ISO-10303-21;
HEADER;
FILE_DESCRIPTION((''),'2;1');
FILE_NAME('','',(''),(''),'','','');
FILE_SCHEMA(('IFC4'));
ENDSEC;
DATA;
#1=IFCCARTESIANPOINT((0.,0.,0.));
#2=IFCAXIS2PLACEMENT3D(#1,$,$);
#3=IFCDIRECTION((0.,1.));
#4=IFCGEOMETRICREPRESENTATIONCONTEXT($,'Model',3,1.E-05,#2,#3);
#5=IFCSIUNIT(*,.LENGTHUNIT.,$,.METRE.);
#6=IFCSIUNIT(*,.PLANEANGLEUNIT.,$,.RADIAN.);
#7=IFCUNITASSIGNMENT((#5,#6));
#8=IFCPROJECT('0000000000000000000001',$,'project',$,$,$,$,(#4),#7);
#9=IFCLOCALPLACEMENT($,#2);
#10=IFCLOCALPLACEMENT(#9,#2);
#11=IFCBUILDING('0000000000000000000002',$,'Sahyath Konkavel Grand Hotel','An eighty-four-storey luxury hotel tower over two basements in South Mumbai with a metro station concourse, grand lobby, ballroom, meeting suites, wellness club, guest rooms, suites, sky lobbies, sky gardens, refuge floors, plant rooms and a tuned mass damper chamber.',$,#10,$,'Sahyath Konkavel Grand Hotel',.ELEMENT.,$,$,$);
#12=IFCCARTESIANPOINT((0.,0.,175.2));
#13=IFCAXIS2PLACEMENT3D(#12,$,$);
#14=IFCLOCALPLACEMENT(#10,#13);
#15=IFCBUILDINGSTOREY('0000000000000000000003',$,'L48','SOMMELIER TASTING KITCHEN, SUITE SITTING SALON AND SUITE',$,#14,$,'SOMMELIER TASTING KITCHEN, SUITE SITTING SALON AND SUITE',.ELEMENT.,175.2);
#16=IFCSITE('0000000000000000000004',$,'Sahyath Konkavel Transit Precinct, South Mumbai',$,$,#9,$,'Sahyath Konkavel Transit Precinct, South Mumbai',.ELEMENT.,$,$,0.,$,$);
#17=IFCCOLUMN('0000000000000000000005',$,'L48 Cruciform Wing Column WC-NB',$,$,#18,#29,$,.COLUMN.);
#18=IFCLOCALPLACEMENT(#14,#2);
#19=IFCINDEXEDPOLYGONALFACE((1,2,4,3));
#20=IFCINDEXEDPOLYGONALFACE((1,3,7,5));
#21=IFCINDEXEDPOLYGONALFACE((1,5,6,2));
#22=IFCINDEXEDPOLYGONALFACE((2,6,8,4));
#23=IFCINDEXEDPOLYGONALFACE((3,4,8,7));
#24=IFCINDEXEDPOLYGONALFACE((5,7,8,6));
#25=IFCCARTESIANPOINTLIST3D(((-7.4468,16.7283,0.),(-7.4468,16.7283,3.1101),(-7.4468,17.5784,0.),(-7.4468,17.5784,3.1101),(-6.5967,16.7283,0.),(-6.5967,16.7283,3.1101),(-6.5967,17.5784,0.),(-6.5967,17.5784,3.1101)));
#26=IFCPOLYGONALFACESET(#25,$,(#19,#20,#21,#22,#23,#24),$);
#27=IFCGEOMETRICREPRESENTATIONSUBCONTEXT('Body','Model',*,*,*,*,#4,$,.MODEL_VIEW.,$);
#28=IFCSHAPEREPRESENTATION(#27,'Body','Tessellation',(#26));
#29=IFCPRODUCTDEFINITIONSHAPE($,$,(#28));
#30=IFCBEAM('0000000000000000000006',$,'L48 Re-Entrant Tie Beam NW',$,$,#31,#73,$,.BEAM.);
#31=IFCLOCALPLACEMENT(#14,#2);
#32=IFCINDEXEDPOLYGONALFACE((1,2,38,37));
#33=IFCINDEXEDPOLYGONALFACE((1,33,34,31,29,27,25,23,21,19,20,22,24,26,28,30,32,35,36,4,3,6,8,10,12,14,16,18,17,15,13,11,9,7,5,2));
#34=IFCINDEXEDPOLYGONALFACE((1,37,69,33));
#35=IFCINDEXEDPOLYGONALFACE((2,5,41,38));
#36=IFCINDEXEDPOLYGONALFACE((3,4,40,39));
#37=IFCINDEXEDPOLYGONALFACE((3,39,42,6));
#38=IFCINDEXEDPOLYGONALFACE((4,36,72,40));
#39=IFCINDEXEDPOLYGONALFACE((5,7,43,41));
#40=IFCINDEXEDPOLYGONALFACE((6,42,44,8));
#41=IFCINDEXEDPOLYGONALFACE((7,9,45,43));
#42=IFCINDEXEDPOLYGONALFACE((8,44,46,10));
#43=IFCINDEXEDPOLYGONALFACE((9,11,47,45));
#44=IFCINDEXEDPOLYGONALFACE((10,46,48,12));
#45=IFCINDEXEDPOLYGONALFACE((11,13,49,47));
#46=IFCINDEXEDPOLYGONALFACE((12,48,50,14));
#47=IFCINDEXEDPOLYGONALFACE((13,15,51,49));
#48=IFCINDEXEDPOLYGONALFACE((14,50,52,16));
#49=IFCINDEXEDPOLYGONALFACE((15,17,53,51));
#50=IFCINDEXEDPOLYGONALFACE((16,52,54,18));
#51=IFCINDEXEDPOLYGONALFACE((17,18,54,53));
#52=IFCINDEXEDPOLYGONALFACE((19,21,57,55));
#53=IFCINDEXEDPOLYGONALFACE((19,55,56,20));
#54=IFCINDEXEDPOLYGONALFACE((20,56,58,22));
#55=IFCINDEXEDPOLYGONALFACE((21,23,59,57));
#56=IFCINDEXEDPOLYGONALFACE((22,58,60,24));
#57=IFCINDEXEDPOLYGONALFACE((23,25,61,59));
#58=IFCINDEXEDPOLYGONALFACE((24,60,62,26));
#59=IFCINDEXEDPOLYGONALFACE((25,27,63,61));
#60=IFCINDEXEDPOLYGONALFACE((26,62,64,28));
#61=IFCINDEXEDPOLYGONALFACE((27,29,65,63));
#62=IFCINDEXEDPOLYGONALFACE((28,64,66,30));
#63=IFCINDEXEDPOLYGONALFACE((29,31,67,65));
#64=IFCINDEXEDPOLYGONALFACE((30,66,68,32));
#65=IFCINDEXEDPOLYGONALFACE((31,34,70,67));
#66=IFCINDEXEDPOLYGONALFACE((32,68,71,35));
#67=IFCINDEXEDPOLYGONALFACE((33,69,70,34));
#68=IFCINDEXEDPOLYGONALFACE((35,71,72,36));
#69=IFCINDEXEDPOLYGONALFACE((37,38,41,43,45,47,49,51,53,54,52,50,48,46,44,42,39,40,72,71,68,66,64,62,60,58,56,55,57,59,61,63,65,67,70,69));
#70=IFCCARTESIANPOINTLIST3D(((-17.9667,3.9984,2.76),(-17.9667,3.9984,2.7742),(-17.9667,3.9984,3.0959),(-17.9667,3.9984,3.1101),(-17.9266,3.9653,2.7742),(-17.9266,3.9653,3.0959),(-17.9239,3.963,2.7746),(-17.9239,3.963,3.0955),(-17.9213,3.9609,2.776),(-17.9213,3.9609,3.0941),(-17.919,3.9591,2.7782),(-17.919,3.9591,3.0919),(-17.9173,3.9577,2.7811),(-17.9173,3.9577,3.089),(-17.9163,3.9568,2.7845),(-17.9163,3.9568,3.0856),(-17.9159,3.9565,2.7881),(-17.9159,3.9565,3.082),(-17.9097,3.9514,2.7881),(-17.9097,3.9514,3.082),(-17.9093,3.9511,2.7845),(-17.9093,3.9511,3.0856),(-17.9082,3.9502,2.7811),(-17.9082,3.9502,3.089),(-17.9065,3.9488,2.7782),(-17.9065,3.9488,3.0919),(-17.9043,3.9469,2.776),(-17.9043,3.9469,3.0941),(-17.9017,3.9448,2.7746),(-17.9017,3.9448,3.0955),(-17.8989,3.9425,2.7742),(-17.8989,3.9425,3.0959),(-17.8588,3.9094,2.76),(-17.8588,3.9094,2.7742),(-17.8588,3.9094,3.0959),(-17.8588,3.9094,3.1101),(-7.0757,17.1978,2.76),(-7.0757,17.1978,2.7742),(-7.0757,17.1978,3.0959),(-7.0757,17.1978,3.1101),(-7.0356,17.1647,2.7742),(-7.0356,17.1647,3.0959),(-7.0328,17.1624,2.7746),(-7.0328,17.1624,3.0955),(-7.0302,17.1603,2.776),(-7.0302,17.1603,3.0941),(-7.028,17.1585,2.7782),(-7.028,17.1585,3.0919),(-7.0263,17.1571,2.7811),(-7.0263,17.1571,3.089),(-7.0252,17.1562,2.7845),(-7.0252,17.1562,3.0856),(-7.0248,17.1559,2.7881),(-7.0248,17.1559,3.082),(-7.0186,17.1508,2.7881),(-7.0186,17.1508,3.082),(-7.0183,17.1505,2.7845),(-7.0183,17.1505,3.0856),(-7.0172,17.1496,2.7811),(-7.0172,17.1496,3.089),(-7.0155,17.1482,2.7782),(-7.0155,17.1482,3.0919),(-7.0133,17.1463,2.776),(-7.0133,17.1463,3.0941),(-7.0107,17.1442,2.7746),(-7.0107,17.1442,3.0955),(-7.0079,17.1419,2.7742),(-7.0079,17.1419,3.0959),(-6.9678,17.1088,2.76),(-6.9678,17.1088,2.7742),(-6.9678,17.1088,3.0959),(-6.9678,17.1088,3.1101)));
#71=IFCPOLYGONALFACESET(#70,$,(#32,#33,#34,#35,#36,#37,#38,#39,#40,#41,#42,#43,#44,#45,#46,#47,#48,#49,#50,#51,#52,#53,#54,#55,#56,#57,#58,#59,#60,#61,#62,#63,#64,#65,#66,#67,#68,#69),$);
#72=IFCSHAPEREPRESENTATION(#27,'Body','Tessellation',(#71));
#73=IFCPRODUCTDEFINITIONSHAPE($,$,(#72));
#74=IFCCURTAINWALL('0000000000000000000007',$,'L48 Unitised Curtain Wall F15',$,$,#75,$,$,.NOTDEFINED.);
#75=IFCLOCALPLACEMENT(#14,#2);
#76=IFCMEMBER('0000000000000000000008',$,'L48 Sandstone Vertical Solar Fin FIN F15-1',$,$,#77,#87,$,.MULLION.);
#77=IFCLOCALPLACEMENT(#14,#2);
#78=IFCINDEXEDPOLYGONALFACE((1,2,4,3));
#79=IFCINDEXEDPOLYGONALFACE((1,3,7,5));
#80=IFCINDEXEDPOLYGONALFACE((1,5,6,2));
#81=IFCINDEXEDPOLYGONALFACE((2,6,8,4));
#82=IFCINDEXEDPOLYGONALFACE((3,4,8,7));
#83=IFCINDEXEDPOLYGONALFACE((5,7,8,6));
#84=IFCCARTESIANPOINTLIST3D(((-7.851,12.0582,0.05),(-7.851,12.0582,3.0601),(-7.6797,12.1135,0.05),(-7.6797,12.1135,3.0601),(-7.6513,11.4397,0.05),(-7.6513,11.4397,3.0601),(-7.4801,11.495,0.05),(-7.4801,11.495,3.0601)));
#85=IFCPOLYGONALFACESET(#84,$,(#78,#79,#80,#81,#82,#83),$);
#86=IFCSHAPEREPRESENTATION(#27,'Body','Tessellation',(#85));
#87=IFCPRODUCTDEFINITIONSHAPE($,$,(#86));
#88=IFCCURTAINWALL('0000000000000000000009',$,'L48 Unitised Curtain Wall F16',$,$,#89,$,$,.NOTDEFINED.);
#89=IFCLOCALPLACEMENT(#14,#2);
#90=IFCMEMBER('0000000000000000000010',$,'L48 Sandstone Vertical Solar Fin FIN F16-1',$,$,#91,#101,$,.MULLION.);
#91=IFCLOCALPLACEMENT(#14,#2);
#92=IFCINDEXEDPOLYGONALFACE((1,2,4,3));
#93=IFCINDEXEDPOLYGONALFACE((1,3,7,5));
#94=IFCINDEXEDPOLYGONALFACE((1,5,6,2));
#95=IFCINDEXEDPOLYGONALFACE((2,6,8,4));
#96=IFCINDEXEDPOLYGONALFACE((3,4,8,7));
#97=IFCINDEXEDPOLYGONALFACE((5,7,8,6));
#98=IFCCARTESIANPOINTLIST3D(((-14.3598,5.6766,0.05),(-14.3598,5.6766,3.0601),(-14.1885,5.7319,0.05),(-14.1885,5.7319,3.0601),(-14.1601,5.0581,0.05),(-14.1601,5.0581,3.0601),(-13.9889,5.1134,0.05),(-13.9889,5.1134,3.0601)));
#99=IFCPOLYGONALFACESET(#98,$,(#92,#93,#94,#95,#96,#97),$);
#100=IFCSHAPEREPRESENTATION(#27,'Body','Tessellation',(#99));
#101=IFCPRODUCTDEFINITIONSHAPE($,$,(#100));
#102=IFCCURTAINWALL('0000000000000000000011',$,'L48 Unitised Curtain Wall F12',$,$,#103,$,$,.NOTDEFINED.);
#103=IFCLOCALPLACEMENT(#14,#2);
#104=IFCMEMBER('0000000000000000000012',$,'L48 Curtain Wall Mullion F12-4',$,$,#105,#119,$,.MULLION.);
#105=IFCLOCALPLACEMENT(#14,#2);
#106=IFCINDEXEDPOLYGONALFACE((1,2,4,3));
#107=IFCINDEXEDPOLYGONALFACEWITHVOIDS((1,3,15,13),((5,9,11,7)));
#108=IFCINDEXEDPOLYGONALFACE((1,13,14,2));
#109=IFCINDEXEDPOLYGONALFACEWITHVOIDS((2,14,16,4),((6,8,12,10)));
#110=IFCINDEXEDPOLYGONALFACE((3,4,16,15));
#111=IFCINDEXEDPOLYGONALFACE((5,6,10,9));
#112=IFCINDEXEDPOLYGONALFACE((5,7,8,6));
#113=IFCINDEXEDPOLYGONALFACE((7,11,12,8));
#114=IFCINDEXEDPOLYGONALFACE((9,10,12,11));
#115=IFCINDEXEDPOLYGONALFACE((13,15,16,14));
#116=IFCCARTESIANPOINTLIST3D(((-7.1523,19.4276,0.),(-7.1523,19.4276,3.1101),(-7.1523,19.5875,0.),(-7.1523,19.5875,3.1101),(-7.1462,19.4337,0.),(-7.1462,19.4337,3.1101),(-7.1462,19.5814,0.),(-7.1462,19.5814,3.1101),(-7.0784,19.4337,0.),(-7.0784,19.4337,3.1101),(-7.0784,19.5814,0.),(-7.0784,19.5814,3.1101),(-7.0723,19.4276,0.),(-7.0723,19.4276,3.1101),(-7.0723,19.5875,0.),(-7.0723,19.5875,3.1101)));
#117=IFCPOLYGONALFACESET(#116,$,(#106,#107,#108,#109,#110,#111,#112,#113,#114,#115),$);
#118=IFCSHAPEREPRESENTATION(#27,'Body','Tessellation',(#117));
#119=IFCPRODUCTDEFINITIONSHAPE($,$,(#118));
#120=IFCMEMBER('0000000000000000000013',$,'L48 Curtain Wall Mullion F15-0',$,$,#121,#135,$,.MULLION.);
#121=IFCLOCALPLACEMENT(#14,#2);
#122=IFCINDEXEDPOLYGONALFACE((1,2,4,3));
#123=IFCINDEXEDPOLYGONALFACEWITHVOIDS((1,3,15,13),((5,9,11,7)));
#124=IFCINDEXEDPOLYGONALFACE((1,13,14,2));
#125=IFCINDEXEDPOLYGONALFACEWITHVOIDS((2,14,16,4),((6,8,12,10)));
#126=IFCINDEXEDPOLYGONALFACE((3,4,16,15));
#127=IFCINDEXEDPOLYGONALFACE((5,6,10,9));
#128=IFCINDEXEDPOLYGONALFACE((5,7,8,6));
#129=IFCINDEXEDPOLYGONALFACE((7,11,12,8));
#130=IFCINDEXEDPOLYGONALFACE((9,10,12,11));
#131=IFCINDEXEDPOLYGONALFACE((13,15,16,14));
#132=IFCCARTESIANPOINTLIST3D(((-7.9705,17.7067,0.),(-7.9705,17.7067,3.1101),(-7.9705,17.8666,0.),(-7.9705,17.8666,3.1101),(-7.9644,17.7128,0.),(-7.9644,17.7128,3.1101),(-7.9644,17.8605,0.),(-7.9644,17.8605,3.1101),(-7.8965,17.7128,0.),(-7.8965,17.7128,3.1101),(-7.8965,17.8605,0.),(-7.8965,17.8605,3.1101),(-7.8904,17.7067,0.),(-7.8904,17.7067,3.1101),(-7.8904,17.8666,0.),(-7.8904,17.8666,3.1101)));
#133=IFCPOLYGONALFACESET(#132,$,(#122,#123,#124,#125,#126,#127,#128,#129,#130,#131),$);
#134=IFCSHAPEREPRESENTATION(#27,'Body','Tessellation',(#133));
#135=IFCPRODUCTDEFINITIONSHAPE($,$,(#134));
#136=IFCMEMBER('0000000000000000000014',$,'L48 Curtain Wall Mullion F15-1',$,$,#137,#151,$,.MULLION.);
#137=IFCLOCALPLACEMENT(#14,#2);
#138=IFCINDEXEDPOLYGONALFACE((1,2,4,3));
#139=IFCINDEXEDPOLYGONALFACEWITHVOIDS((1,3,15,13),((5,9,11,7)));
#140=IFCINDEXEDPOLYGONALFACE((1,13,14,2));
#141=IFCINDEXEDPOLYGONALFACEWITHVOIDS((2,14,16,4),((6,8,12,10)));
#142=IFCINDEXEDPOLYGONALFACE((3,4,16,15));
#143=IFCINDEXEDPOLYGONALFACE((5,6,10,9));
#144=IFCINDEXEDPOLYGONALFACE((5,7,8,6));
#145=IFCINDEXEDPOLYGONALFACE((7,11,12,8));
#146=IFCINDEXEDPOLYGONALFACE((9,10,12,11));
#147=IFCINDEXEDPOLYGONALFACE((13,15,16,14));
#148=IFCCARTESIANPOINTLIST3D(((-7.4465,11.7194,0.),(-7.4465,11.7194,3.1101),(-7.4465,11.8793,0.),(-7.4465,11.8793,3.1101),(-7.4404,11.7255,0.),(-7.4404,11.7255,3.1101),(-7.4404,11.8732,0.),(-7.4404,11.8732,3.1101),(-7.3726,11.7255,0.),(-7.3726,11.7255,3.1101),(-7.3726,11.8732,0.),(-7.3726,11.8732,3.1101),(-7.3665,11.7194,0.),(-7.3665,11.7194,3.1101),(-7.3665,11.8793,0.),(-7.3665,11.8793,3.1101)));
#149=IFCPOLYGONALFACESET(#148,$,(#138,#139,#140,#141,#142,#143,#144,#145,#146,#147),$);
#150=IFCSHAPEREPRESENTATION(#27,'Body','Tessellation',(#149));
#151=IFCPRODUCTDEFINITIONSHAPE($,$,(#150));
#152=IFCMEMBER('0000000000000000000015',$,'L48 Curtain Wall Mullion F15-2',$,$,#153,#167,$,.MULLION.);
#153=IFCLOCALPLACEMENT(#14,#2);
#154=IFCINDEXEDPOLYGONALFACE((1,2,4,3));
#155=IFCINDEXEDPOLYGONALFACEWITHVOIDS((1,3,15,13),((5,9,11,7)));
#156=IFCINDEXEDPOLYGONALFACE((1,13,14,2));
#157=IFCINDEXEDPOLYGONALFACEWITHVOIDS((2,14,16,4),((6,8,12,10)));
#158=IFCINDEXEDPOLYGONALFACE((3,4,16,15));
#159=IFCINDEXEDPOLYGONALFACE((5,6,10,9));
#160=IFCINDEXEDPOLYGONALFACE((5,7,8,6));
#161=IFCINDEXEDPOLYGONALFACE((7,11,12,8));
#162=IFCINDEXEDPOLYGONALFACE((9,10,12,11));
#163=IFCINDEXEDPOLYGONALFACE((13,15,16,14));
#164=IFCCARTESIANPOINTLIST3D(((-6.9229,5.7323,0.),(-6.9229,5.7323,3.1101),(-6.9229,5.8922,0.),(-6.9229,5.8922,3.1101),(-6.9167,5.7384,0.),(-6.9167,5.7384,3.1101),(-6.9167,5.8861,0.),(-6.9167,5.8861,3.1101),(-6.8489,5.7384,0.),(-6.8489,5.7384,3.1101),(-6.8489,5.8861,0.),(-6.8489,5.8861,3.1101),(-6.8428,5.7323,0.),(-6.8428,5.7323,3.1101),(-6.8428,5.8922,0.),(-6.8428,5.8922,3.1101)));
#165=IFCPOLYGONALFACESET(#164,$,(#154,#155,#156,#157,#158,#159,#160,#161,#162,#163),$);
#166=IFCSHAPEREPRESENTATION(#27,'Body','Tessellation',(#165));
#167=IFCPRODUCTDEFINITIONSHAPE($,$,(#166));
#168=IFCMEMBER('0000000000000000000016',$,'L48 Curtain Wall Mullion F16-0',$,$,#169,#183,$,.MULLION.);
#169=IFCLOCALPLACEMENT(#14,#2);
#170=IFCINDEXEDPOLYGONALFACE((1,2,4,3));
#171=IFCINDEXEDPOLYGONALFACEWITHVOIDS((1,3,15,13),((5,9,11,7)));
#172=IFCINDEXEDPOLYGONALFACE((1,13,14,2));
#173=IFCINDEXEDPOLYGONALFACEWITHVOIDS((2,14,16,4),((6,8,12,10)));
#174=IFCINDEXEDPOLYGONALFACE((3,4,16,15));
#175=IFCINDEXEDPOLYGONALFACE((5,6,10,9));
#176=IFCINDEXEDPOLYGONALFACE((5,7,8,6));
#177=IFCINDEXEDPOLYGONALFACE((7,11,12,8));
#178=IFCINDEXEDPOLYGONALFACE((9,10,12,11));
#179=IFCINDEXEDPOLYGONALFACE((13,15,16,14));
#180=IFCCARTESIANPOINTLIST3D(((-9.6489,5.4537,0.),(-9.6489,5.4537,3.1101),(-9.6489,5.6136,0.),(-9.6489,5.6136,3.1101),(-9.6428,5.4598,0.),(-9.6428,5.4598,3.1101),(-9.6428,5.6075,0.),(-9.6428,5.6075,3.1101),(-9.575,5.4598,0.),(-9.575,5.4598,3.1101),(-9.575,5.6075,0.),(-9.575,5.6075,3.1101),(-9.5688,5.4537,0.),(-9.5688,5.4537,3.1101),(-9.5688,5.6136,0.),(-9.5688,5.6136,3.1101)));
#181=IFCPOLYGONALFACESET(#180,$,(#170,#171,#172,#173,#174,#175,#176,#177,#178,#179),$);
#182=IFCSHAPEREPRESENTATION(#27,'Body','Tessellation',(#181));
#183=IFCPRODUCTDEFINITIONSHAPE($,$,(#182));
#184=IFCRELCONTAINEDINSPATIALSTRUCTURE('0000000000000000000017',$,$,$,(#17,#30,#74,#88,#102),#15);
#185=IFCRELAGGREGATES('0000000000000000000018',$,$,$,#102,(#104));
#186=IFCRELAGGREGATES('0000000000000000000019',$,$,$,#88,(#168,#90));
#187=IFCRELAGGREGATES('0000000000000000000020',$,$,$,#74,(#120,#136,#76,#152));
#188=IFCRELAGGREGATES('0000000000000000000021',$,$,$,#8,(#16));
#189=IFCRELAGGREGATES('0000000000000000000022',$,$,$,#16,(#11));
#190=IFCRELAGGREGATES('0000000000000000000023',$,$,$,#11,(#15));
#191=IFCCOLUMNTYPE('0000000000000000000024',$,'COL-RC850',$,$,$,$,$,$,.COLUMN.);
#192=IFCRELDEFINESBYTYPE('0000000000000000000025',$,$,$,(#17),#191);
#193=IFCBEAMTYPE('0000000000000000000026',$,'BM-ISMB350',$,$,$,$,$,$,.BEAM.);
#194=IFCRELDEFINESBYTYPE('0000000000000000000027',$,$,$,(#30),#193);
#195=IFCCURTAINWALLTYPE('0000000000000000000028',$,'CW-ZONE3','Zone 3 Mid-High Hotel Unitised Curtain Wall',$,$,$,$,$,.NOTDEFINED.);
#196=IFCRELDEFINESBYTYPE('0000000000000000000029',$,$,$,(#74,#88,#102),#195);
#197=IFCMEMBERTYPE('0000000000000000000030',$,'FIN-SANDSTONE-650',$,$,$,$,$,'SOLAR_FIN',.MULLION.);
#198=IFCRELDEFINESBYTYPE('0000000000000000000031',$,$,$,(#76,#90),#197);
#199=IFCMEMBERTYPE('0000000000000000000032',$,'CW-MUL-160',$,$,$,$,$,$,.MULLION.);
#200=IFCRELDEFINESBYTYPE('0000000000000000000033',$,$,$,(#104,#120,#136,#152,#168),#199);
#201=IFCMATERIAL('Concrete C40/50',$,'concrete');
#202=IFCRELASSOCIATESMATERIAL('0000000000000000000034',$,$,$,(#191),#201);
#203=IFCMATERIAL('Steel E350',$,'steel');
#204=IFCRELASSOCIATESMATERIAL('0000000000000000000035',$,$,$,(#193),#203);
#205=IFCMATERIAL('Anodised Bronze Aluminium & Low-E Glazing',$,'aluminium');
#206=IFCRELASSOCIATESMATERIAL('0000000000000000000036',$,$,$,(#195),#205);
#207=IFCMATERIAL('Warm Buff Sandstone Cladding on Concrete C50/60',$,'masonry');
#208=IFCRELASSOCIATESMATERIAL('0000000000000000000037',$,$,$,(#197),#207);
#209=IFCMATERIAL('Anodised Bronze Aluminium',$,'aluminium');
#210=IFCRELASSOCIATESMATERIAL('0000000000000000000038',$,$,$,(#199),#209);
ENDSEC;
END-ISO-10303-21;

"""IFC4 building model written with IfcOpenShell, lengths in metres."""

from ifc_helpers import new_model, si_unit, direction, frame, origin, origin_2d, place, context, subcontext, project, spatial, rectangle, hollow_rectangle, i_section, extrude, source, transform, mapped, material, material_profile, profile_set, type_object, element, aggregate, save


model = new_model("IFC4")

# Units and contexts
model_context = context("Model", 3, precision=1e-05, world=origin(), true_north=direction((0.0, 1.0)))
body_context = subcontext(model_context, "Body", "Model", "MODEL_VIEW")
ifc_project = project(units=[si_unit("LENGTHUNIT", "METRE"), si_unit("PLANEANGLEUNIT", "RADIAN")], contexts=[model_context])

# Site, building, storey
site_placement = place(None, origin())
site = spatial("IfcSite", under=ifc_project, at=site_placement, Name="Sahyath Konkavel Transit Precinct, South Mumbai", LongName="Sahyath Konkavel Transit Precinct, South Mumbai", CompositionType="ELEMENT", RefElevation=0.0)
building_placement = place(site_placement, origin())
building = spatial("IfcBuilding", under=site, at=building_placement, Name="Sahyath Konkavel Grand Hotel", Description="An eighty-four-storey luxury hotel tower over two basements in South Mumbai with a metro station concourse, grand lobby, ballroom, meeting suites, wellness club, guest rooms, suites, sky lobbies, sky gardens, refuge floors, plant rooms and a tuned mass damper chamber.", LongName="Sahyath Konkavel Grand Hotel", CompositionType="ELEMENT")
storey_placement = place(building_placement, frame((0.0, 0.0, 175.2)))
storey = spatial("IfcBuildingStorey", under=building, at=storey_placement, Name="L48", Description="SOMMELIER TASTING KITCHEN, SUITE SITTING SALON AND SUITE", LongName="SOMMELIER TASTING KITCHEN, SUITE SITTING SALON AND SUITE", CompositionType="ELEMENT", Elevation=175.2)

# Column
ifc_material_1 = material(Name="Concrete C40/50", Category="concrete")
ifc_material_profile_1 = material_profile(ifc_material_1, rectangle(XDim=0.8501, YDim=0.8501, at=origin_2d()), Name="RC 850x850")
ifc_profile_set_1 = profile_set([ifc_material_profile_1], Name="Concrete C40/50")
column_type = type_object("IfcColumnType", Name="COL-RC850", PredefinedType="COLUMN", material=ifc_profile_set_1)
shared_shape_1 = source(origin(), body_context, "Body", "SweptSolid", [
    extrude(rectangle(XDim=0.8501, YDim=0.8501, at=origin_2d()), origin(), (0.0, 0.0, 1.0), 3.1101),
])
column_placement = place(storey_placement, frame((-7.0217, 17.1533, 0.0), z_axis=(0.0, 0.0, 1.0), x_axis=(1.0, 0.0, 0.0)))
element("IfcColumn", 1, at=column_placement, inside=storey, type_object=column_type, Name="L48 Cruciform Wing Column WC-NB", PredefinedType="COLUMN", context=body_context, shape_type="MappedRepresentation", body=[
    mapped(shared_shape_1, transform((0.0, 0.0, 0.0), scale=1.0)),
])

# Beam
ifc_material_2 = material(Name="Steel E350", Category="steel")
ifc_material_profile_2 = material_profile(ifc_material_2, i_section(OverallWidth=0.1399, OverallDepth=0.3501, WebThickness=0.0081, FlangeThickness=0.0142, FilletRadius=0.0139, at=origin_2d()), Name="ISMB 350")
ifc_profile_set_2 = profile_set([ifc_material_profile_2], Name="Steel E350")
beam_type = type_object("IfcBeamType", Name="BM-ISMB350", PredefinedType="BEAM", material=ifc_profile_set_2)
shared_shape_2 = source(origin(), body_context, "Body", "SweptSolid", [
    extrude(i_section(OverallWidth=0.1399, OverallDepth=0.3501, WebThickness=0.0081, FlangeThickness=0.0142, FilletRadius=0.0139, at=origin_2d()), origin(), (0.0, 0.0, 1.0), 17.1125),
])
beam_placement = place(storey_placement, frame((-7.0217, 17.1533, 2.9351), z_axis=(-0.636437, -0.771329, 0.0), x_axis=(0.771329, -0.636437, 0.0)))
element("IfcBeam", 2, at=beam_placement, inside=storey, type_object=beam_type, Name="L48 Re-Entrant Tie Beam NW", PredefinedType="BEAM", context=body_context, shape_type="MappedRepresentation", body=[
    mapped(shared_shape_2, transform((0.0, 0.0, 0.0), scale=1.0)),
])

# Curtain walls, members
ifc_material_3 = material(Name="Anodised Bronze Aluminium & Low-E Glazing", Category="aluminium")
curtain_wall_type = type_object("IfcCurtainWallType", Name="CW-ZONE3", Description="Zone 3 Mid-High Hotel Unitised Curtain Wall", PredefinedType="NOTDEFINED", material=ifc_material_3)
curtain_wall_1_placement = place(storey_placement, origin())
curtain_wall_1 = element("IfcCurtainWall", 3, at=curtain_wall_1_placement, inside=storey, type_object=curtain_wall_type, Name="L48 Unitised Curtain Wall F15", PredefinedType="NOTDEFINED")
ifc_material_4 = material(Name="Warm Buff Sandstone Cladding on Concrete C50/60", Category="masonry")
ifc_material_profile_3 = material_profile(ifc_material_4, rectangle(XDim=0.1799, YDim=0.6499, at=origin_2d()), Name="FIN 180x650")
ifc_profile_set_3 = profile_set([ifc_material_profile_3], Name="Warm Buff Sandstone Cladding on Concrete C50/60")
member_type_1 = type_object("IfcMemberType", Name="FIN-SANDSTONE-650", ElementType="SOLAR_FIN", PredefinedType="MULLION", material=ifc_profile_set_3)
shared_shape_3 = source(origin(), body_context, "Body", "SweptSolid", [
    extrude(rectangle(XDim=0.1799, YDim=0.6499, at=origin_2d()), origin(), (0.0, 0.0, 1.0), 3.01),
])
member_1_placement = place(storey_placement, frame((-7.6655, 11.7766, 0.05), z_axis=(0.0, 0.0, 1.0), x_axis=(0.951648, 0.307191, 0.0)))
member_1 = element("IfcMember", 4, at=member_1_placement, type_object=member_type_1, Name="L48 Sandstone Vertical Solar Fin FIN F15-1", PredefinedType="MULLION", context=body_context, shape_type="MappedRepresentation", body=[
    mapped(shared_shape_3, transform((0.0, 0.0, 0.0), scale=1.0)),
])
curtain_wall_2_placement = place(storey_placement, origin())
curtain_wall_2 = element("IfcCurtainWall", 5, at=curtain_wall_2_placement, inside=storey, type_object=curtain_wall_type, Name="L48 Unitised Curtain Wall F16", PredefinedType="NOTDEFINED")
member_2_placement = place(storey_placement, frame((-14.1743, 5.395, 0.05), z_axis=(0.0, 0.0, 1.0), x_axis=(0.951648, 0.307191, 0.0)))
member_2 = element("IfcMember", 6, at=member_2_placement, type_object=member_type_1, Name="L48 Sandstone Vertical Solar Fin FIN F16-1", PredefinedType="MULLION", context=body_context, shape_type="MappedRepresentation", body=[
    mapped(shared_shape_3, transform((0.0, 0.0, 0.0), scale=1.0)),
])
curtain_wall_3_placement = place(storey_placement, origin())
curtain_wall_3 = element("IfcCurtainWall", 7, at=curtain_wall_3_placement, inside=storey, type_object=curtain_wall_type, Name="L48 Unitised Curtain Wall F12", PredefinedType="NOTDEFINED")
ifc_material_5 = material(Name="Anodised Bronze Aluminium", Category="aluminium")
ifc_material_profile_4 = material_profile(ifc_material_5, hollow_rectangle(XDim=0.0801, YDim=0.1599, WallThickness=0.0061, at=origin_2d()), Name="RHS 160x80x6")
ifc_profile_set_4 = profile_set([ifc_material_profile_4], Name="Anodised Bronze Aluminium")
member_type_2 = type_object("IfcMemberType", Name="CW-MUL-160", PredefinedType="MULLION", material=ifc_profile_set_4)
shared_shape_4 = source(origin(), body_context, "Body", "SweptSolid", [
    extrude(hollow_rectangle(XDim=0.0801, YDim=0.1599, WallThickness=0.0061, at=origin_2d()), origin(), (0.0, 0.0, 1.0), 3.1101),
])
member_3_placement = place(storey_placement, frame((-7.1123, 19.5076, 0.0), z_axis=(0.0, 0.0, 1.0), x_axis=(1.0, 0.0, 0.0)))
member_3 = element("IfcMember", 8, at=member_3_placement, type_object=member_type_2, Name="L48 Curtain Wall Mullion F12-4", PredefinedType="MULLION", context=body_context, shape_type="MappedRepresentation", body=[
    mapped(shared_shape_4, transform((0.0, 0.0, 0.0), scale=1.0)),
])
aggregate(curtain_wall_3, [member_3])

# Members
member_4_placement = place(storey_placement, frame((-7.9304, 17.7866, 0.0), z_axis=(0.0, 0.0, 1.0), x_axis=(1.0, 0.0, 0.0)))
member_4 = element("IfcMember", 9, at=member_4_placement, type_object=member_type_2, Name="L48 Curtain Wall Mullion F15-0", PredefinedType="MULLION", context=body_context, shape_type="MappedRepresentation", body=[
    mapped(shared_shape_4, transform((0.0, 0.0, 0.0), scale=1.0)),
])
member_5_placement = place(storey_placement, frame((-7.4065, 11.7993, 0.0), z_axis=(0.0, 0.0, 1.0), x_axis=(1.0, 0.0, 0.0)))
member_5 = element("IfcMember", 10, at=member_5_placement, type_object=member_type_2, Name="L48 Curtain Wall Mullion F15-1", PredefinedType="MULLION", context=body_context, shape_type="MappedRepresentation", body=[
    mapped(shared_shape_4, transform((0.0, 0.0, 0.0), scale=1.0)),
])
member_6_placement = place(storey_placement, frame((-6.8828, 5.8123, 0.0), z_axis=(0.0, 0.0, 1.0), x_axis=(1.0, 0.0, 0.0)))
member_6 = element("IfcMember", 11, at=member_6_placement, type_object=member_type_2, Name="L48 Curtain Wall Mullion F15-2", PredefinedType="MULLION", context=body_context, shape_type="MappedRepresentation", body=[
    mapped(shared_shape_4, transform((0.0, 0.0, 0.0), scale=1.0)),
])
member_7_placement = place(storey_placement, frame((-9.6089, 5.5337, 0.0), z_axis=(0.0, 0.0, 1.0), x_axis=(1.0, 0.0, 0.0)))
member_7 = element("IfcMember", 12, at=member_7_placement, type_object=member_type_2, Name="L48 Curtain Wall Mullion F16-0", PredefinedType="MULLION", context=body_context, shape_type="MappedRepresentation", body=[
    mapped(shared_shape_4, transform((0.0, 0.0, 0.0), scale=1.0)),
])
aggregate(curtain_wall_2, [member_7, member_2])

aggregate(curtain_wall_1, [member_4, member_5, member_1, member_6])

save(model, "model.ifc")
